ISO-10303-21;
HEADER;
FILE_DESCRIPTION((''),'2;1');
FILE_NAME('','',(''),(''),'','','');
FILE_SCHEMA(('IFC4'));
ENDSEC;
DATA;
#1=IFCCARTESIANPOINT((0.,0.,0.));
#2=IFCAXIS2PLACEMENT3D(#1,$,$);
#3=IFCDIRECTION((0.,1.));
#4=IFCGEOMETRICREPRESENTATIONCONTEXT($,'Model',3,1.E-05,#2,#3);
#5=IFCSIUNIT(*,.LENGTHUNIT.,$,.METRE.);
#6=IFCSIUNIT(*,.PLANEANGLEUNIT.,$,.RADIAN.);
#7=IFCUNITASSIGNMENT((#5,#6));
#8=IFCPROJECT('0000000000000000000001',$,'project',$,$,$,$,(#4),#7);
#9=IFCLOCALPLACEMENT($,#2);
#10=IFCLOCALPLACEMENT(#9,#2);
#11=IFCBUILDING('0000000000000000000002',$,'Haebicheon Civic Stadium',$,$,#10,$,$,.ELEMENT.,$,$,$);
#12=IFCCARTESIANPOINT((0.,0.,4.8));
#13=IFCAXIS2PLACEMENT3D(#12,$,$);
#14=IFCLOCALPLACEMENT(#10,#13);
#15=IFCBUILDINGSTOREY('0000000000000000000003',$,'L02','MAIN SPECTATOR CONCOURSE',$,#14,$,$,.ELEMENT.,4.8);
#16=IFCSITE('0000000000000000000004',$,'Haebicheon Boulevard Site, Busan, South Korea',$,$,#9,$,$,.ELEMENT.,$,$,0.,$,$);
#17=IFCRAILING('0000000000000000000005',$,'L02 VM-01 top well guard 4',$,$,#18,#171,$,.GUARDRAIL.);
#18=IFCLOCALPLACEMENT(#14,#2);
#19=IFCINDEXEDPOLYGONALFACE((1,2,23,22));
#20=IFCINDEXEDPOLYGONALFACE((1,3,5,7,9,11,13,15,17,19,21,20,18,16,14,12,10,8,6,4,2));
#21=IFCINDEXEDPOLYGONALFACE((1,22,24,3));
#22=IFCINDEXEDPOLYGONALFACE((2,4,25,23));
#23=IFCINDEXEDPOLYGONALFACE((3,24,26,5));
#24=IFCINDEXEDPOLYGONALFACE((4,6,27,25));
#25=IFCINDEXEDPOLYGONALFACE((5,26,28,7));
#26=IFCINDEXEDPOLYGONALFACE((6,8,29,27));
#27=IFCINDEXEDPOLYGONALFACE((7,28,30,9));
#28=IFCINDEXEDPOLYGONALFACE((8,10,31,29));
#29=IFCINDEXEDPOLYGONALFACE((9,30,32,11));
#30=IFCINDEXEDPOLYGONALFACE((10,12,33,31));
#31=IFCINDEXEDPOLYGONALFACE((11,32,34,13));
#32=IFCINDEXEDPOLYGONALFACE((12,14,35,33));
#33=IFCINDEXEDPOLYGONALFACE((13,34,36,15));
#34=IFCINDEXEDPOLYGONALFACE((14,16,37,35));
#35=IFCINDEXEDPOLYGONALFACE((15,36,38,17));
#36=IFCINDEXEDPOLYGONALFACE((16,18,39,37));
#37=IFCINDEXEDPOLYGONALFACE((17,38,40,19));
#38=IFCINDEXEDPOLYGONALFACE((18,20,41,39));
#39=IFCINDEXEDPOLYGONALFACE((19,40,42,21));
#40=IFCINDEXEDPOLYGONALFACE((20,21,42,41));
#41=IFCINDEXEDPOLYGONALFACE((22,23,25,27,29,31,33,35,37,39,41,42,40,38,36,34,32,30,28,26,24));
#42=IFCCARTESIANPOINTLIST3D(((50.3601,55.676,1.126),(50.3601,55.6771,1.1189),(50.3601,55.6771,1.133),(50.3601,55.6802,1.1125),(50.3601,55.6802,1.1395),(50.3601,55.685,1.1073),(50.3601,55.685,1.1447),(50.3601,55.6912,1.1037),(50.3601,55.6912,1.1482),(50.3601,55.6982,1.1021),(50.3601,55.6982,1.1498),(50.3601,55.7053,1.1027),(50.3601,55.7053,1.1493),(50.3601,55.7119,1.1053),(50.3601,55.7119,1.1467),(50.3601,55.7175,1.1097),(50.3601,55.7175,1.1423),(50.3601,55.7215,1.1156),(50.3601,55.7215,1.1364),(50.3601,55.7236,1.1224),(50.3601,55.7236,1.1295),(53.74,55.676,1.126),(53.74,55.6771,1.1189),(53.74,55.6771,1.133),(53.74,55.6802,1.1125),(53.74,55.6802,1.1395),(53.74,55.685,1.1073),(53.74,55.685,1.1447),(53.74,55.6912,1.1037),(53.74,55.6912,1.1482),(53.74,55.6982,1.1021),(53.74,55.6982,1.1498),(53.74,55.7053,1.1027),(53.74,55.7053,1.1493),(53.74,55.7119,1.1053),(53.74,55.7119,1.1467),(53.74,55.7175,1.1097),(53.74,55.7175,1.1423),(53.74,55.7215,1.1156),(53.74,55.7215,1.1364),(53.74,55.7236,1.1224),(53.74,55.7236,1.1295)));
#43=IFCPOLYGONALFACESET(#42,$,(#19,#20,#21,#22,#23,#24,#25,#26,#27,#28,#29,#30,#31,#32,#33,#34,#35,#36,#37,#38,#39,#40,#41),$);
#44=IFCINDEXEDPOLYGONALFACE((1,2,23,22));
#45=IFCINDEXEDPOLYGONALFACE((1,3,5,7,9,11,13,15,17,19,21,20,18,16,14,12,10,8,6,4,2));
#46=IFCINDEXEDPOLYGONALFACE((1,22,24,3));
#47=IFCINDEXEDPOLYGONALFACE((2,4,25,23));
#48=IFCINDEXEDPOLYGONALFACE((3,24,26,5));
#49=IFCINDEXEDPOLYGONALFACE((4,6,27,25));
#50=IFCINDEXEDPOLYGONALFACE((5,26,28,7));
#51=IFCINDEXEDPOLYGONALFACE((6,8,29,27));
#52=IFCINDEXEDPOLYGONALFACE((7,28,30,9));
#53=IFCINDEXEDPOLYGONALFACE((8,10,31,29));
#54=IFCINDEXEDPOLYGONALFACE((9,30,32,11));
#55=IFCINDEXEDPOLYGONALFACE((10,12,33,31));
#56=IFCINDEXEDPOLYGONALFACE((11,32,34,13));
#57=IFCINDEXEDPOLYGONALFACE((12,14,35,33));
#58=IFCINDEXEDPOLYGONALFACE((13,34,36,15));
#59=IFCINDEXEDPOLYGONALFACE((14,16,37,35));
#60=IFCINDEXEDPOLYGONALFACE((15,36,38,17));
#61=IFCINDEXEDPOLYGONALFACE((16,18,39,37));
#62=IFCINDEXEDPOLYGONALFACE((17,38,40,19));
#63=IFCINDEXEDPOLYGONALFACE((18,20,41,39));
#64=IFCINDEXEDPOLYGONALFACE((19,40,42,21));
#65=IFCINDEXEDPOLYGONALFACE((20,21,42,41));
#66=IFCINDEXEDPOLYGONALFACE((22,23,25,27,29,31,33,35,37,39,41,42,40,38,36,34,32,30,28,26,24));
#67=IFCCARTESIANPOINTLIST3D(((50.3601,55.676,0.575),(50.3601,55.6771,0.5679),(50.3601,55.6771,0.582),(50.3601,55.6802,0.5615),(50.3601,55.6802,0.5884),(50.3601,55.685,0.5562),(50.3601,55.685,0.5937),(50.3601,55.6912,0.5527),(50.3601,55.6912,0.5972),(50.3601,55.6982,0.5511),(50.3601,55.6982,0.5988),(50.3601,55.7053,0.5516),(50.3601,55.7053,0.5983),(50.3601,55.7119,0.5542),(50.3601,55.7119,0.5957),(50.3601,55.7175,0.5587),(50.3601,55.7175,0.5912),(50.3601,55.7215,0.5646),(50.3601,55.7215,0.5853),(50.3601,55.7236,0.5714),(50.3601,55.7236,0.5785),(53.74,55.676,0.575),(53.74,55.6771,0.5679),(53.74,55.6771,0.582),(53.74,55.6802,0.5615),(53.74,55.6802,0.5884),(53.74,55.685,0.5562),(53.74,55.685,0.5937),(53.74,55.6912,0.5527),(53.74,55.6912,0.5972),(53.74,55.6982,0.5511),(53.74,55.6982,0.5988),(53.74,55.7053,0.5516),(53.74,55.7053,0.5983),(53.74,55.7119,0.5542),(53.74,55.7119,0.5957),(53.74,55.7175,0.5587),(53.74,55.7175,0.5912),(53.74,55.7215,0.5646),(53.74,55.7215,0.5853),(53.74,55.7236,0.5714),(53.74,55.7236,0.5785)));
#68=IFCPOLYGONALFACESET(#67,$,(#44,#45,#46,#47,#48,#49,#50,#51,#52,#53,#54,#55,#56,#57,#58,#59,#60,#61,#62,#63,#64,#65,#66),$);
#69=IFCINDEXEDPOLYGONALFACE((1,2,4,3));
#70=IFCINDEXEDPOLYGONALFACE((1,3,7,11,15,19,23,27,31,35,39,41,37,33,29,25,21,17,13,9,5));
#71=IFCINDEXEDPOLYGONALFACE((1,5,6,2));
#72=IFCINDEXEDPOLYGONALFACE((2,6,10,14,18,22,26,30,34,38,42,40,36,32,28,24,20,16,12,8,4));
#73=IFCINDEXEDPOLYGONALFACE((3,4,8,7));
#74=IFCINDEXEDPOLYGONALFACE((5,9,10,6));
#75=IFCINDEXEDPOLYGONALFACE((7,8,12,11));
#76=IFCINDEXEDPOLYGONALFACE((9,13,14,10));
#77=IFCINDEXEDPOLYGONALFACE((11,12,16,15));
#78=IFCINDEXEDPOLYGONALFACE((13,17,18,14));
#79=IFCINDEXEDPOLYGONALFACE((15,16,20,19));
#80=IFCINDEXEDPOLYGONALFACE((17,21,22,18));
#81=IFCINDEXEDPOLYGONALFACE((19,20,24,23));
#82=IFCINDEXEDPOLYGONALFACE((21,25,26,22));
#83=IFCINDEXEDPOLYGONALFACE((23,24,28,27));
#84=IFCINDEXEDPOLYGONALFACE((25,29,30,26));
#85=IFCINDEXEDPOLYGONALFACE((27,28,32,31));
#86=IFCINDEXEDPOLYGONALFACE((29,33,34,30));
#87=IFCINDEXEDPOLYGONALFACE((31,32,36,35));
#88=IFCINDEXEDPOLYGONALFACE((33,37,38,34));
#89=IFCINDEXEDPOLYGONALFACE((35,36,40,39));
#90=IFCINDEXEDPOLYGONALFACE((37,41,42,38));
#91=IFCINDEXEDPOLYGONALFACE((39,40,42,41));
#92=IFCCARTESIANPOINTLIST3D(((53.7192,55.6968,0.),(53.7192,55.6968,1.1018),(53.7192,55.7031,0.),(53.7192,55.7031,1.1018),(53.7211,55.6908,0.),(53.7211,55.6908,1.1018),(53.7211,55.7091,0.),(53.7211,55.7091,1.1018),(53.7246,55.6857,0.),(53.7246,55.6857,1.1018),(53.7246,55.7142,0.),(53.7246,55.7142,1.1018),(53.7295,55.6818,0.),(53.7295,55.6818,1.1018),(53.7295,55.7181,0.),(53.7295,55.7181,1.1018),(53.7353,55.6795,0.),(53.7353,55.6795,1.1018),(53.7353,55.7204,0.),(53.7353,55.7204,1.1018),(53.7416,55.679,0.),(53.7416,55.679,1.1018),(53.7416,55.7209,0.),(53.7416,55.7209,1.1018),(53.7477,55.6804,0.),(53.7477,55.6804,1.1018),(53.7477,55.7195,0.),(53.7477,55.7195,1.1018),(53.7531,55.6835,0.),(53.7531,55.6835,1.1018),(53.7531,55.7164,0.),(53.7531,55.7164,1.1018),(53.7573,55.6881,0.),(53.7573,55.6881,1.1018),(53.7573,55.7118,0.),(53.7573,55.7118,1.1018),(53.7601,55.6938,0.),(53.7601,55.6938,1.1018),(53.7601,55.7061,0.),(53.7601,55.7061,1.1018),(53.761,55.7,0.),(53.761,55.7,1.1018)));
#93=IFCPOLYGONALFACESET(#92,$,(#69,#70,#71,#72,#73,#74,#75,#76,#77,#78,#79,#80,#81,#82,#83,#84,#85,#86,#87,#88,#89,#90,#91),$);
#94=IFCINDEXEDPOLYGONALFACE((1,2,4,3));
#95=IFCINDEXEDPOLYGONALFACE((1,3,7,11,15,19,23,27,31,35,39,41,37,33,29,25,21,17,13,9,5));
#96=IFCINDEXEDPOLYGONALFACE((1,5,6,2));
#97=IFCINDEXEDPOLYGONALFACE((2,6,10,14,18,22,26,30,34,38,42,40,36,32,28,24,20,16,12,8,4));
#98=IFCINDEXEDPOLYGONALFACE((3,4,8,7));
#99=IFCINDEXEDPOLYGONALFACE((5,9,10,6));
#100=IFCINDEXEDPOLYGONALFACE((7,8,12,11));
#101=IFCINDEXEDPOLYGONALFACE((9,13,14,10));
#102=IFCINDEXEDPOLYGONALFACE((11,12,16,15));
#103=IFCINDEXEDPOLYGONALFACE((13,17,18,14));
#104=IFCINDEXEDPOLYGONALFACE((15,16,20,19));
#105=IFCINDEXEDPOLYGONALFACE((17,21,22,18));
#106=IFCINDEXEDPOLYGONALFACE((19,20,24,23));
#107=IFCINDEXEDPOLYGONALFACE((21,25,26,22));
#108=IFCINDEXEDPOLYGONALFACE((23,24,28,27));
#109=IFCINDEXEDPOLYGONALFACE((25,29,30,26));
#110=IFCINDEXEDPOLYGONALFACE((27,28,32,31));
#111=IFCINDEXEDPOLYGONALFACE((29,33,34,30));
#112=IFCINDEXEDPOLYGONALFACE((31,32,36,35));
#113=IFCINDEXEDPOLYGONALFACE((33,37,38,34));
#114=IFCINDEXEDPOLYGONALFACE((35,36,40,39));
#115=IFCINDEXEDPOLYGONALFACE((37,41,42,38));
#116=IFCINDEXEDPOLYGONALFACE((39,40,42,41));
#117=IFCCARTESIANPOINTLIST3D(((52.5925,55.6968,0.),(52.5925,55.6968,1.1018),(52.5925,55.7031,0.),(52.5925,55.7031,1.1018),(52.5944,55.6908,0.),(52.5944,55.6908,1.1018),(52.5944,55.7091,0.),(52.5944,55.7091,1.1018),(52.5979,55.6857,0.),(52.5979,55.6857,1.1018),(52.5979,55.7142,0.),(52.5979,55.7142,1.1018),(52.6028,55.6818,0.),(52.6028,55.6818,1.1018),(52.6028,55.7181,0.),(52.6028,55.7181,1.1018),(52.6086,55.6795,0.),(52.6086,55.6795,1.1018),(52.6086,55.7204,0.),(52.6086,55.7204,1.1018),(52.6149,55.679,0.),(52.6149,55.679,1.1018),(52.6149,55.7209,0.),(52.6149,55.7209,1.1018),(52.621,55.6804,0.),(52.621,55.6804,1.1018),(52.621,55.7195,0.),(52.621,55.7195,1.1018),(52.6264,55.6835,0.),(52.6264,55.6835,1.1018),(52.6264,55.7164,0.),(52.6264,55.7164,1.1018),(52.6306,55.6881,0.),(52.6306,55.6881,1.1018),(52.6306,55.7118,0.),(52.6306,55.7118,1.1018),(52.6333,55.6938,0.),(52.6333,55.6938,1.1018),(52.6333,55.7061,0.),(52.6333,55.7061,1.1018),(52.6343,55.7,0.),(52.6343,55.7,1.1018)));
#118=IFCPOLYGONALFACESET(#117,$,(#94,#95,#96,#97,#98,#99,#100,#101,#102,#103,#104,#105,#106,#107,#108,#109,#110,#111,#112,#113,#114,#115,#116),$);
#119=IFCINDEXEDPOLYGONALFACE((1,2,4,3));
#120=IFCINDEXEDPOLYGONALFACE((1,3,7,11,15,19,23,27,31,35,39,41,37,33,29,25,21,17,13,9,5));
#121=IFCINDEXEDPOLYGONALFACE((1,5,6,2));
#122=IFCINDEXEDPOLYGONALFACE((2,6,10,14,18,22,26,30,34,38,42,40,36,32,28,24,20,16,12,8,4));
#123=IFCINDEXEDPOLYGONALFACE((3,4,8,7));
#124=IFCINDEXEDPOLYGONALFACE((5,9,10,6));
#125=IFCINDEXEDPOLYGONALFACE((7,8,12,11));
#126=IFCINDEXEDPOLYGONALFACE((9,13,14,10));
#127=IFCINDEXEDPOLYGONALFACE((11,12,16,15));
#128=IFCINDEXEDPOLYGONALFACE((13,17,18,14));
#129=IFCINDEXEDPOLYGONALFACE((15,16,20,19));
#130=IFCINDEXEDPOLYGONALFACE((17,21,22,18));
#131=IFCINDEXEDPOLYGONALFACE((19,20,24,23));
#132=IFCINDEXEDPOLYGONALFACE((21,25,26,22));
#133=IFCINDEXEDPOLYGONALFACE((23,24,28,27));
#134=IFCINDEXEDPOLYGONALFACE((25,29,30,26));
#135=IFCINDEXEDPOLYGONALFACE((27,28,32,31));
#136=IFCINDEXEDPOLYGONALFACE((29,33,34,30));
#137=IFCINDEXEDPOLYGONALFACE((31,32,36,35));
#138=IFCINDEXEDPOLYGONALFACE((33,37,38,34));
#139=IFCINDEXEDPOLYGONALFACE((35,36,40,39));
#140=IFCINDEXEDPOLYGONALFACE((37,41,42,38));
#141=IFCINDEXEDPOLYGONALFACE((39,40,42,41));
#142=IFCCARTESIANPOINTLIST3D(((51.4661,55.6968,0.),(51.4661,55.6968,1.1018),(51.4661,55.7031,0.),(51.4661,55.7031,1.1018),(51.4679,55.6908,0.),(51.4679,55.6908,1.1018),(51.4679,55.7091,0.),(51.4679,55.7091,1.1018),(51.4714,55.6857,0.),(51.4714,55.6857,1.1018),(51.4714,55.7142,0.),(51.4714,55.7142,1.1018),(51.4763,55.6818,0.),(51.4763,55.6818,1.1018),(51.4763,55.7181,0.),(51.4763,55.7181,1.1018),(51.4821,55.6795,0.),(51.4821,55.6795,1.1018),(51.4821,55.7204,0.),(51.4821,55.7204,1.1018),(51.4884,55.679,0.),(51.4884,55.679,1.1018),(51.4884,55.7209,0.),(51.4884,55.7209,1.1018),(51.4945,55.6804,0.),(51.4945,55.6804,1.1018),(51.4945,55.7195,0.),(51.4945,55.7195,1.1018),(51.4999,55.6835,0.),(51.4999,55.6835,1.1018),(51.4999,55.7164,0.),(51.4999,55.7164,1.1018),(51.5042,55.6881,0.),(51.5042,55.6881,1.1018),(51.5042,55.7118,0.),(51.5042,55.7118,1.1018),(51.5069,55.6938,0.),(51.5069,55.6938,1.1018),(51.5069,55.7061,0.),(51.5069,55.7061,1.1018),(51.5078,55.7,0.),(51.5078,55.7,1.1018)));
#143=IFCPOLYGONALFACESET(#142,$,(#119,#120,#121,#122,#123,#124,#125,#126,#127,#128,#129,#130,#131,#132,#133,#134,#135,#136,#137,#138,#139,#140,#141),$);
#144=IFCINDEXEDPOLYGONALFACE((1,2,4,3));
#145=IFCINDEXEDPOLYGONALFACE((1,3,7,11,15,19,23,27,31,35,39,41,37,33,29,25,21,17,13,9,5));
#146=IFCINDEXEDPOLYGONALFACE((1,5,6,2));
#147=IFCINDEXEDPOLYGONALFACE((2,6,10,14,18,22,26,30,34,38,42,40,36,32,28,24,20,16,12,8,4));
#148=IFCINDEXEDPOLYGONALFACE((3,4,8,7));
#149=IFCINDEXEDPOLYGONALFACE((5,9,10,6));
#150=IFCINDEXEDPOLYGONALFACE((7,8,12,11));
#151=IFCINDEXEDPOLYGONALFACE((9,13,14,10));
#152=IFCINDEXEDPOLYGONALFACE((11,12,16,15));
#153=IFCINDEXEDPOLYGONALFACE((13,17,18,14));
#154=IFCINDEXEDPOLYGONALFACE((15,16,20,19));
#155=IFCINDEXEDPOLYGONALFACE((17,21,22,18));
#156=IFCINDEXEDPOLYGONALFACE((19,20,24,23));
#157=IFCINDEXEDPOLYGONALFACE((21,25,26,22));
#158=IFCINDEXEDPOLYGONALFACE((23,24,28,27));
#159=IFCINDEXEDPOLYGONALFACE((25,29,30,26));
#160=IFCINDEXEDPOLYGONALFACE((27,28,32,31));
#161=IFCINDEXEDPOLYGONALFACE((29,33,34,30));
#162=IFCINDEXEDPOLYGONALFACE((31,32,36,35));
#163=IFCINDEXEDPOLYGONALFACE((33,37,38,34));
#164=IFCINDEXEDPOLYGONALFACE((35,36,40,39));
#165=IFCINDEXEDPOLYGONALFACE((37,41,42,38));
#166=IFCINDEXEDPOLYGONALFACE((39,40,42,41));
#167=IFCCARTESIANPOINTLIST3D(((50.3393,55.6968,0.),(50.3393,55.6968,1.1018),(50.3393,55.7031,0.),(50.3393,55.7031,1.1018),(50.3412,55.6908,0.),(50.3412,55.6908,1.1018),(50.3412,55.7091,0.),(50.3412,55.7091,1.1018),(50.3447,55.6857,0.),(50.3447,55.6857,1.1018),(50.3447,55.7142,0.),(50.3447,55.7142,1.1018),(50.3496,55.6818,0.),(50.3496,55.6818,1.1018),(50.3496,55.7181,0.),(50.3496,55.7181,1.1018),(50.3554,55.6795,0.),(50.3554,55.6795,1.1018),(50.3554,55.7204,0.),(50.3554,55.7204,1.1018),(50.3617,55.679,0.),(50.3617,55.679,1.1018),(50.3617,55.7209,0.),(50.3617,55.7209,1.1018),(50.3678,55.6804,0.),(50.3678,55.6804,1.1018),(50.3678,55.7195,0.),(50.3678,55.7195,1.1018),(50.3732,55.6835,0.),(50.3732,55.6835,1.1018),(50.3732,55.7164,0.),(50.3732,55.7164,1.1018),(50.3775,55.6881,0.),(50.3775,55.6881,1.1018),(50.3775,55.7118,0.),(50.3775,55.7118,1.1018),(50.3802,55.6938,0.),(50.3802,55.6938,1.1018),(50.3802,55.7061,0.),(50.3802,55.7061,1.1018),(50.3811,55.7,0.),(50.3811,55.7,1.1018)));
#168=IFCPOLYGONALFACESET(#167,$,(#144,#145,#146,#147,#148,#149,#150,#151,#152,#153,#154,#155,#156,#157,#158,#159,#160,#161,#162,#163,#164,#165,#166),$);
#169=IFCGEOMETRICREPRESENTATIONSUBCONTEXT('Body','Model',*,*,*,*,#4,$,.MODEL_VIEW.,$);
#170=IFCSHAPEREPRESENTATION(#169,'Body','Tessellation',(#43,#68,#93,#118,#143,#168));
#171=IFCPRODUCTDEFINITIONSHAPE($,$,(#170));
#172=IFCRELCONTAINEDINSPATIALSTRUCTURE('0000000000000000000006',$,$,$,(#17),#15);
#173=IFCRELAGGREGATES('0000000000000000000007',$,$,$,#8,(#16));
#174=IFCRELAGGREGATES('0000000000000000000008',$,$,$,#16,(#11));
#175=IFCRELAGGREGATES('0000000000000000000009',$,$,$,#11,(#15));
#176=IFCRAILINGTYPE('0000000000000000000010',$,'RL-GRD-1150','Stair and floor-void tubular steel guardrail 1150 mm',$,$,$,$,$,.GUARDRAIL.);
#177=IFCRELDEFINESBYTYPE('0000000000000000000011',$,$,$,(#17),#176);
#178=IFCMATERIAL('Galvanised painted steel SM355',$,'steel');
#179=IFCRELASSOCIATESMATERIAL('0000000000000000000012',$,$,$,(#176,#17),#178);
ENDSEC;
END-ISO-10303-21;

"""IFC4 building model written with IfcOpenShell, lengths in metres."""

from ifc_helpers import new_model, si_unit, direction, frame, origin, origin_2d, place, context, subcontext, project, spatial, circle, extrude, material, type_object, element, save


model = new_model("IFC4")

# Units and contexts
model_context = context("Model", 3, precision=1e-05, world=origin(), true_north=direction((0.0, 1.0)))
body_context = subcontext(model_context, "Body", "Model", "MODEL_VIEW")
ifc_project = project(units=[si_unit("LENGTHUNIT", "METRE"), si_unit("PLANEANGLEUNIT", "RADIAN")], contexts=[model_context])

# Site, building, storey
site_placement = place(None, origin())
site = spatial("IfcSite", under=ifc_project, at=site_placement, Name="Haebicheon Boulevard Site, Busan, South Korea", CompositionType="ELEMENT", RefElevation=0.0)
building_placement = place(site_placement, origin())
building = spatial("IfcBuilding", under=site, at=building_placement, Name="Haebicheon Civic Stadium", CompositionType="ELEMENT")
storey_placement = place(building_placement, frame((0.0, 0.0, 4.8)))
storey = spatial("IfcBuildingStorey", under=building, at=storey_placement, Name="L02", Description="MAIN SPECTATOR CONCOURSE", CompositionType="ELEMENT", Elevation=4.8)

# Railing
ifc_material_1 = material(Name="Galvanised painted steel SM355", Category="steel")
railing_type_1 = type_object("IfcRailingType", Name="RL-GRD-1150", Description="Stair and floor-void tubular steel guardrail 1150 mm", PredefinedType="GUARDRAIL", material=ifc_material_1)
railing_1_placement = place(storey_placement, frame((53.74, 55.7, 0.0)))
element("IfcRailing", 1, at=railing_1_placement, inside=storey, type_object=railing_type_1, material=ifc_material_1, Name="L02 VM-01 top well guard 4", PredefinedType="GUARDRAIL", context=body_context, shape_type="SweptSolid", body=[
    extrude(circle(Radius=0.0239, at=origin_2d()), frame((0.0, 0.0, 1.126), z_axis=(-1.0, 0.0, 0.0), x_axis=(0.0, -1.0, 0.0)), (0.0, 0.0, 1.0), 3.3799),
    extrude(circle(Radius=0.0239, at=origin_2d()), frame((0.0, 0.0, 0.575), z_axis=(-1.0, 0.0, 0.0), x_axis=(0.0, -1.0, 0.0)), (0.0, 0.0, 1.0), 3.3799),
    extrude(circle(Radius=0.021, at=origin_2d()), origin(), (0.0, 0.0, 1.0), 1.1018),
    extrude(circle(Radius=0.021, at=origin_2d()), frame((-1.1267, 0.0, 0.0)), (0.0, 0.0, 1.0), 1.1018),
    extrude(circle(Radius=0.021, at=origin_2d()), frame((-2.2532, 0.0, 0.0)), (0.0, 0.0, 1.0), 1.1018),
    extrude(circle(Radius=0.021, at=origin_2d()), frame((-3.3799, 0.0, 0.0)), (0.0, 0.0, 1.0), 1.1018),
])

save(model, "model.ifc")
